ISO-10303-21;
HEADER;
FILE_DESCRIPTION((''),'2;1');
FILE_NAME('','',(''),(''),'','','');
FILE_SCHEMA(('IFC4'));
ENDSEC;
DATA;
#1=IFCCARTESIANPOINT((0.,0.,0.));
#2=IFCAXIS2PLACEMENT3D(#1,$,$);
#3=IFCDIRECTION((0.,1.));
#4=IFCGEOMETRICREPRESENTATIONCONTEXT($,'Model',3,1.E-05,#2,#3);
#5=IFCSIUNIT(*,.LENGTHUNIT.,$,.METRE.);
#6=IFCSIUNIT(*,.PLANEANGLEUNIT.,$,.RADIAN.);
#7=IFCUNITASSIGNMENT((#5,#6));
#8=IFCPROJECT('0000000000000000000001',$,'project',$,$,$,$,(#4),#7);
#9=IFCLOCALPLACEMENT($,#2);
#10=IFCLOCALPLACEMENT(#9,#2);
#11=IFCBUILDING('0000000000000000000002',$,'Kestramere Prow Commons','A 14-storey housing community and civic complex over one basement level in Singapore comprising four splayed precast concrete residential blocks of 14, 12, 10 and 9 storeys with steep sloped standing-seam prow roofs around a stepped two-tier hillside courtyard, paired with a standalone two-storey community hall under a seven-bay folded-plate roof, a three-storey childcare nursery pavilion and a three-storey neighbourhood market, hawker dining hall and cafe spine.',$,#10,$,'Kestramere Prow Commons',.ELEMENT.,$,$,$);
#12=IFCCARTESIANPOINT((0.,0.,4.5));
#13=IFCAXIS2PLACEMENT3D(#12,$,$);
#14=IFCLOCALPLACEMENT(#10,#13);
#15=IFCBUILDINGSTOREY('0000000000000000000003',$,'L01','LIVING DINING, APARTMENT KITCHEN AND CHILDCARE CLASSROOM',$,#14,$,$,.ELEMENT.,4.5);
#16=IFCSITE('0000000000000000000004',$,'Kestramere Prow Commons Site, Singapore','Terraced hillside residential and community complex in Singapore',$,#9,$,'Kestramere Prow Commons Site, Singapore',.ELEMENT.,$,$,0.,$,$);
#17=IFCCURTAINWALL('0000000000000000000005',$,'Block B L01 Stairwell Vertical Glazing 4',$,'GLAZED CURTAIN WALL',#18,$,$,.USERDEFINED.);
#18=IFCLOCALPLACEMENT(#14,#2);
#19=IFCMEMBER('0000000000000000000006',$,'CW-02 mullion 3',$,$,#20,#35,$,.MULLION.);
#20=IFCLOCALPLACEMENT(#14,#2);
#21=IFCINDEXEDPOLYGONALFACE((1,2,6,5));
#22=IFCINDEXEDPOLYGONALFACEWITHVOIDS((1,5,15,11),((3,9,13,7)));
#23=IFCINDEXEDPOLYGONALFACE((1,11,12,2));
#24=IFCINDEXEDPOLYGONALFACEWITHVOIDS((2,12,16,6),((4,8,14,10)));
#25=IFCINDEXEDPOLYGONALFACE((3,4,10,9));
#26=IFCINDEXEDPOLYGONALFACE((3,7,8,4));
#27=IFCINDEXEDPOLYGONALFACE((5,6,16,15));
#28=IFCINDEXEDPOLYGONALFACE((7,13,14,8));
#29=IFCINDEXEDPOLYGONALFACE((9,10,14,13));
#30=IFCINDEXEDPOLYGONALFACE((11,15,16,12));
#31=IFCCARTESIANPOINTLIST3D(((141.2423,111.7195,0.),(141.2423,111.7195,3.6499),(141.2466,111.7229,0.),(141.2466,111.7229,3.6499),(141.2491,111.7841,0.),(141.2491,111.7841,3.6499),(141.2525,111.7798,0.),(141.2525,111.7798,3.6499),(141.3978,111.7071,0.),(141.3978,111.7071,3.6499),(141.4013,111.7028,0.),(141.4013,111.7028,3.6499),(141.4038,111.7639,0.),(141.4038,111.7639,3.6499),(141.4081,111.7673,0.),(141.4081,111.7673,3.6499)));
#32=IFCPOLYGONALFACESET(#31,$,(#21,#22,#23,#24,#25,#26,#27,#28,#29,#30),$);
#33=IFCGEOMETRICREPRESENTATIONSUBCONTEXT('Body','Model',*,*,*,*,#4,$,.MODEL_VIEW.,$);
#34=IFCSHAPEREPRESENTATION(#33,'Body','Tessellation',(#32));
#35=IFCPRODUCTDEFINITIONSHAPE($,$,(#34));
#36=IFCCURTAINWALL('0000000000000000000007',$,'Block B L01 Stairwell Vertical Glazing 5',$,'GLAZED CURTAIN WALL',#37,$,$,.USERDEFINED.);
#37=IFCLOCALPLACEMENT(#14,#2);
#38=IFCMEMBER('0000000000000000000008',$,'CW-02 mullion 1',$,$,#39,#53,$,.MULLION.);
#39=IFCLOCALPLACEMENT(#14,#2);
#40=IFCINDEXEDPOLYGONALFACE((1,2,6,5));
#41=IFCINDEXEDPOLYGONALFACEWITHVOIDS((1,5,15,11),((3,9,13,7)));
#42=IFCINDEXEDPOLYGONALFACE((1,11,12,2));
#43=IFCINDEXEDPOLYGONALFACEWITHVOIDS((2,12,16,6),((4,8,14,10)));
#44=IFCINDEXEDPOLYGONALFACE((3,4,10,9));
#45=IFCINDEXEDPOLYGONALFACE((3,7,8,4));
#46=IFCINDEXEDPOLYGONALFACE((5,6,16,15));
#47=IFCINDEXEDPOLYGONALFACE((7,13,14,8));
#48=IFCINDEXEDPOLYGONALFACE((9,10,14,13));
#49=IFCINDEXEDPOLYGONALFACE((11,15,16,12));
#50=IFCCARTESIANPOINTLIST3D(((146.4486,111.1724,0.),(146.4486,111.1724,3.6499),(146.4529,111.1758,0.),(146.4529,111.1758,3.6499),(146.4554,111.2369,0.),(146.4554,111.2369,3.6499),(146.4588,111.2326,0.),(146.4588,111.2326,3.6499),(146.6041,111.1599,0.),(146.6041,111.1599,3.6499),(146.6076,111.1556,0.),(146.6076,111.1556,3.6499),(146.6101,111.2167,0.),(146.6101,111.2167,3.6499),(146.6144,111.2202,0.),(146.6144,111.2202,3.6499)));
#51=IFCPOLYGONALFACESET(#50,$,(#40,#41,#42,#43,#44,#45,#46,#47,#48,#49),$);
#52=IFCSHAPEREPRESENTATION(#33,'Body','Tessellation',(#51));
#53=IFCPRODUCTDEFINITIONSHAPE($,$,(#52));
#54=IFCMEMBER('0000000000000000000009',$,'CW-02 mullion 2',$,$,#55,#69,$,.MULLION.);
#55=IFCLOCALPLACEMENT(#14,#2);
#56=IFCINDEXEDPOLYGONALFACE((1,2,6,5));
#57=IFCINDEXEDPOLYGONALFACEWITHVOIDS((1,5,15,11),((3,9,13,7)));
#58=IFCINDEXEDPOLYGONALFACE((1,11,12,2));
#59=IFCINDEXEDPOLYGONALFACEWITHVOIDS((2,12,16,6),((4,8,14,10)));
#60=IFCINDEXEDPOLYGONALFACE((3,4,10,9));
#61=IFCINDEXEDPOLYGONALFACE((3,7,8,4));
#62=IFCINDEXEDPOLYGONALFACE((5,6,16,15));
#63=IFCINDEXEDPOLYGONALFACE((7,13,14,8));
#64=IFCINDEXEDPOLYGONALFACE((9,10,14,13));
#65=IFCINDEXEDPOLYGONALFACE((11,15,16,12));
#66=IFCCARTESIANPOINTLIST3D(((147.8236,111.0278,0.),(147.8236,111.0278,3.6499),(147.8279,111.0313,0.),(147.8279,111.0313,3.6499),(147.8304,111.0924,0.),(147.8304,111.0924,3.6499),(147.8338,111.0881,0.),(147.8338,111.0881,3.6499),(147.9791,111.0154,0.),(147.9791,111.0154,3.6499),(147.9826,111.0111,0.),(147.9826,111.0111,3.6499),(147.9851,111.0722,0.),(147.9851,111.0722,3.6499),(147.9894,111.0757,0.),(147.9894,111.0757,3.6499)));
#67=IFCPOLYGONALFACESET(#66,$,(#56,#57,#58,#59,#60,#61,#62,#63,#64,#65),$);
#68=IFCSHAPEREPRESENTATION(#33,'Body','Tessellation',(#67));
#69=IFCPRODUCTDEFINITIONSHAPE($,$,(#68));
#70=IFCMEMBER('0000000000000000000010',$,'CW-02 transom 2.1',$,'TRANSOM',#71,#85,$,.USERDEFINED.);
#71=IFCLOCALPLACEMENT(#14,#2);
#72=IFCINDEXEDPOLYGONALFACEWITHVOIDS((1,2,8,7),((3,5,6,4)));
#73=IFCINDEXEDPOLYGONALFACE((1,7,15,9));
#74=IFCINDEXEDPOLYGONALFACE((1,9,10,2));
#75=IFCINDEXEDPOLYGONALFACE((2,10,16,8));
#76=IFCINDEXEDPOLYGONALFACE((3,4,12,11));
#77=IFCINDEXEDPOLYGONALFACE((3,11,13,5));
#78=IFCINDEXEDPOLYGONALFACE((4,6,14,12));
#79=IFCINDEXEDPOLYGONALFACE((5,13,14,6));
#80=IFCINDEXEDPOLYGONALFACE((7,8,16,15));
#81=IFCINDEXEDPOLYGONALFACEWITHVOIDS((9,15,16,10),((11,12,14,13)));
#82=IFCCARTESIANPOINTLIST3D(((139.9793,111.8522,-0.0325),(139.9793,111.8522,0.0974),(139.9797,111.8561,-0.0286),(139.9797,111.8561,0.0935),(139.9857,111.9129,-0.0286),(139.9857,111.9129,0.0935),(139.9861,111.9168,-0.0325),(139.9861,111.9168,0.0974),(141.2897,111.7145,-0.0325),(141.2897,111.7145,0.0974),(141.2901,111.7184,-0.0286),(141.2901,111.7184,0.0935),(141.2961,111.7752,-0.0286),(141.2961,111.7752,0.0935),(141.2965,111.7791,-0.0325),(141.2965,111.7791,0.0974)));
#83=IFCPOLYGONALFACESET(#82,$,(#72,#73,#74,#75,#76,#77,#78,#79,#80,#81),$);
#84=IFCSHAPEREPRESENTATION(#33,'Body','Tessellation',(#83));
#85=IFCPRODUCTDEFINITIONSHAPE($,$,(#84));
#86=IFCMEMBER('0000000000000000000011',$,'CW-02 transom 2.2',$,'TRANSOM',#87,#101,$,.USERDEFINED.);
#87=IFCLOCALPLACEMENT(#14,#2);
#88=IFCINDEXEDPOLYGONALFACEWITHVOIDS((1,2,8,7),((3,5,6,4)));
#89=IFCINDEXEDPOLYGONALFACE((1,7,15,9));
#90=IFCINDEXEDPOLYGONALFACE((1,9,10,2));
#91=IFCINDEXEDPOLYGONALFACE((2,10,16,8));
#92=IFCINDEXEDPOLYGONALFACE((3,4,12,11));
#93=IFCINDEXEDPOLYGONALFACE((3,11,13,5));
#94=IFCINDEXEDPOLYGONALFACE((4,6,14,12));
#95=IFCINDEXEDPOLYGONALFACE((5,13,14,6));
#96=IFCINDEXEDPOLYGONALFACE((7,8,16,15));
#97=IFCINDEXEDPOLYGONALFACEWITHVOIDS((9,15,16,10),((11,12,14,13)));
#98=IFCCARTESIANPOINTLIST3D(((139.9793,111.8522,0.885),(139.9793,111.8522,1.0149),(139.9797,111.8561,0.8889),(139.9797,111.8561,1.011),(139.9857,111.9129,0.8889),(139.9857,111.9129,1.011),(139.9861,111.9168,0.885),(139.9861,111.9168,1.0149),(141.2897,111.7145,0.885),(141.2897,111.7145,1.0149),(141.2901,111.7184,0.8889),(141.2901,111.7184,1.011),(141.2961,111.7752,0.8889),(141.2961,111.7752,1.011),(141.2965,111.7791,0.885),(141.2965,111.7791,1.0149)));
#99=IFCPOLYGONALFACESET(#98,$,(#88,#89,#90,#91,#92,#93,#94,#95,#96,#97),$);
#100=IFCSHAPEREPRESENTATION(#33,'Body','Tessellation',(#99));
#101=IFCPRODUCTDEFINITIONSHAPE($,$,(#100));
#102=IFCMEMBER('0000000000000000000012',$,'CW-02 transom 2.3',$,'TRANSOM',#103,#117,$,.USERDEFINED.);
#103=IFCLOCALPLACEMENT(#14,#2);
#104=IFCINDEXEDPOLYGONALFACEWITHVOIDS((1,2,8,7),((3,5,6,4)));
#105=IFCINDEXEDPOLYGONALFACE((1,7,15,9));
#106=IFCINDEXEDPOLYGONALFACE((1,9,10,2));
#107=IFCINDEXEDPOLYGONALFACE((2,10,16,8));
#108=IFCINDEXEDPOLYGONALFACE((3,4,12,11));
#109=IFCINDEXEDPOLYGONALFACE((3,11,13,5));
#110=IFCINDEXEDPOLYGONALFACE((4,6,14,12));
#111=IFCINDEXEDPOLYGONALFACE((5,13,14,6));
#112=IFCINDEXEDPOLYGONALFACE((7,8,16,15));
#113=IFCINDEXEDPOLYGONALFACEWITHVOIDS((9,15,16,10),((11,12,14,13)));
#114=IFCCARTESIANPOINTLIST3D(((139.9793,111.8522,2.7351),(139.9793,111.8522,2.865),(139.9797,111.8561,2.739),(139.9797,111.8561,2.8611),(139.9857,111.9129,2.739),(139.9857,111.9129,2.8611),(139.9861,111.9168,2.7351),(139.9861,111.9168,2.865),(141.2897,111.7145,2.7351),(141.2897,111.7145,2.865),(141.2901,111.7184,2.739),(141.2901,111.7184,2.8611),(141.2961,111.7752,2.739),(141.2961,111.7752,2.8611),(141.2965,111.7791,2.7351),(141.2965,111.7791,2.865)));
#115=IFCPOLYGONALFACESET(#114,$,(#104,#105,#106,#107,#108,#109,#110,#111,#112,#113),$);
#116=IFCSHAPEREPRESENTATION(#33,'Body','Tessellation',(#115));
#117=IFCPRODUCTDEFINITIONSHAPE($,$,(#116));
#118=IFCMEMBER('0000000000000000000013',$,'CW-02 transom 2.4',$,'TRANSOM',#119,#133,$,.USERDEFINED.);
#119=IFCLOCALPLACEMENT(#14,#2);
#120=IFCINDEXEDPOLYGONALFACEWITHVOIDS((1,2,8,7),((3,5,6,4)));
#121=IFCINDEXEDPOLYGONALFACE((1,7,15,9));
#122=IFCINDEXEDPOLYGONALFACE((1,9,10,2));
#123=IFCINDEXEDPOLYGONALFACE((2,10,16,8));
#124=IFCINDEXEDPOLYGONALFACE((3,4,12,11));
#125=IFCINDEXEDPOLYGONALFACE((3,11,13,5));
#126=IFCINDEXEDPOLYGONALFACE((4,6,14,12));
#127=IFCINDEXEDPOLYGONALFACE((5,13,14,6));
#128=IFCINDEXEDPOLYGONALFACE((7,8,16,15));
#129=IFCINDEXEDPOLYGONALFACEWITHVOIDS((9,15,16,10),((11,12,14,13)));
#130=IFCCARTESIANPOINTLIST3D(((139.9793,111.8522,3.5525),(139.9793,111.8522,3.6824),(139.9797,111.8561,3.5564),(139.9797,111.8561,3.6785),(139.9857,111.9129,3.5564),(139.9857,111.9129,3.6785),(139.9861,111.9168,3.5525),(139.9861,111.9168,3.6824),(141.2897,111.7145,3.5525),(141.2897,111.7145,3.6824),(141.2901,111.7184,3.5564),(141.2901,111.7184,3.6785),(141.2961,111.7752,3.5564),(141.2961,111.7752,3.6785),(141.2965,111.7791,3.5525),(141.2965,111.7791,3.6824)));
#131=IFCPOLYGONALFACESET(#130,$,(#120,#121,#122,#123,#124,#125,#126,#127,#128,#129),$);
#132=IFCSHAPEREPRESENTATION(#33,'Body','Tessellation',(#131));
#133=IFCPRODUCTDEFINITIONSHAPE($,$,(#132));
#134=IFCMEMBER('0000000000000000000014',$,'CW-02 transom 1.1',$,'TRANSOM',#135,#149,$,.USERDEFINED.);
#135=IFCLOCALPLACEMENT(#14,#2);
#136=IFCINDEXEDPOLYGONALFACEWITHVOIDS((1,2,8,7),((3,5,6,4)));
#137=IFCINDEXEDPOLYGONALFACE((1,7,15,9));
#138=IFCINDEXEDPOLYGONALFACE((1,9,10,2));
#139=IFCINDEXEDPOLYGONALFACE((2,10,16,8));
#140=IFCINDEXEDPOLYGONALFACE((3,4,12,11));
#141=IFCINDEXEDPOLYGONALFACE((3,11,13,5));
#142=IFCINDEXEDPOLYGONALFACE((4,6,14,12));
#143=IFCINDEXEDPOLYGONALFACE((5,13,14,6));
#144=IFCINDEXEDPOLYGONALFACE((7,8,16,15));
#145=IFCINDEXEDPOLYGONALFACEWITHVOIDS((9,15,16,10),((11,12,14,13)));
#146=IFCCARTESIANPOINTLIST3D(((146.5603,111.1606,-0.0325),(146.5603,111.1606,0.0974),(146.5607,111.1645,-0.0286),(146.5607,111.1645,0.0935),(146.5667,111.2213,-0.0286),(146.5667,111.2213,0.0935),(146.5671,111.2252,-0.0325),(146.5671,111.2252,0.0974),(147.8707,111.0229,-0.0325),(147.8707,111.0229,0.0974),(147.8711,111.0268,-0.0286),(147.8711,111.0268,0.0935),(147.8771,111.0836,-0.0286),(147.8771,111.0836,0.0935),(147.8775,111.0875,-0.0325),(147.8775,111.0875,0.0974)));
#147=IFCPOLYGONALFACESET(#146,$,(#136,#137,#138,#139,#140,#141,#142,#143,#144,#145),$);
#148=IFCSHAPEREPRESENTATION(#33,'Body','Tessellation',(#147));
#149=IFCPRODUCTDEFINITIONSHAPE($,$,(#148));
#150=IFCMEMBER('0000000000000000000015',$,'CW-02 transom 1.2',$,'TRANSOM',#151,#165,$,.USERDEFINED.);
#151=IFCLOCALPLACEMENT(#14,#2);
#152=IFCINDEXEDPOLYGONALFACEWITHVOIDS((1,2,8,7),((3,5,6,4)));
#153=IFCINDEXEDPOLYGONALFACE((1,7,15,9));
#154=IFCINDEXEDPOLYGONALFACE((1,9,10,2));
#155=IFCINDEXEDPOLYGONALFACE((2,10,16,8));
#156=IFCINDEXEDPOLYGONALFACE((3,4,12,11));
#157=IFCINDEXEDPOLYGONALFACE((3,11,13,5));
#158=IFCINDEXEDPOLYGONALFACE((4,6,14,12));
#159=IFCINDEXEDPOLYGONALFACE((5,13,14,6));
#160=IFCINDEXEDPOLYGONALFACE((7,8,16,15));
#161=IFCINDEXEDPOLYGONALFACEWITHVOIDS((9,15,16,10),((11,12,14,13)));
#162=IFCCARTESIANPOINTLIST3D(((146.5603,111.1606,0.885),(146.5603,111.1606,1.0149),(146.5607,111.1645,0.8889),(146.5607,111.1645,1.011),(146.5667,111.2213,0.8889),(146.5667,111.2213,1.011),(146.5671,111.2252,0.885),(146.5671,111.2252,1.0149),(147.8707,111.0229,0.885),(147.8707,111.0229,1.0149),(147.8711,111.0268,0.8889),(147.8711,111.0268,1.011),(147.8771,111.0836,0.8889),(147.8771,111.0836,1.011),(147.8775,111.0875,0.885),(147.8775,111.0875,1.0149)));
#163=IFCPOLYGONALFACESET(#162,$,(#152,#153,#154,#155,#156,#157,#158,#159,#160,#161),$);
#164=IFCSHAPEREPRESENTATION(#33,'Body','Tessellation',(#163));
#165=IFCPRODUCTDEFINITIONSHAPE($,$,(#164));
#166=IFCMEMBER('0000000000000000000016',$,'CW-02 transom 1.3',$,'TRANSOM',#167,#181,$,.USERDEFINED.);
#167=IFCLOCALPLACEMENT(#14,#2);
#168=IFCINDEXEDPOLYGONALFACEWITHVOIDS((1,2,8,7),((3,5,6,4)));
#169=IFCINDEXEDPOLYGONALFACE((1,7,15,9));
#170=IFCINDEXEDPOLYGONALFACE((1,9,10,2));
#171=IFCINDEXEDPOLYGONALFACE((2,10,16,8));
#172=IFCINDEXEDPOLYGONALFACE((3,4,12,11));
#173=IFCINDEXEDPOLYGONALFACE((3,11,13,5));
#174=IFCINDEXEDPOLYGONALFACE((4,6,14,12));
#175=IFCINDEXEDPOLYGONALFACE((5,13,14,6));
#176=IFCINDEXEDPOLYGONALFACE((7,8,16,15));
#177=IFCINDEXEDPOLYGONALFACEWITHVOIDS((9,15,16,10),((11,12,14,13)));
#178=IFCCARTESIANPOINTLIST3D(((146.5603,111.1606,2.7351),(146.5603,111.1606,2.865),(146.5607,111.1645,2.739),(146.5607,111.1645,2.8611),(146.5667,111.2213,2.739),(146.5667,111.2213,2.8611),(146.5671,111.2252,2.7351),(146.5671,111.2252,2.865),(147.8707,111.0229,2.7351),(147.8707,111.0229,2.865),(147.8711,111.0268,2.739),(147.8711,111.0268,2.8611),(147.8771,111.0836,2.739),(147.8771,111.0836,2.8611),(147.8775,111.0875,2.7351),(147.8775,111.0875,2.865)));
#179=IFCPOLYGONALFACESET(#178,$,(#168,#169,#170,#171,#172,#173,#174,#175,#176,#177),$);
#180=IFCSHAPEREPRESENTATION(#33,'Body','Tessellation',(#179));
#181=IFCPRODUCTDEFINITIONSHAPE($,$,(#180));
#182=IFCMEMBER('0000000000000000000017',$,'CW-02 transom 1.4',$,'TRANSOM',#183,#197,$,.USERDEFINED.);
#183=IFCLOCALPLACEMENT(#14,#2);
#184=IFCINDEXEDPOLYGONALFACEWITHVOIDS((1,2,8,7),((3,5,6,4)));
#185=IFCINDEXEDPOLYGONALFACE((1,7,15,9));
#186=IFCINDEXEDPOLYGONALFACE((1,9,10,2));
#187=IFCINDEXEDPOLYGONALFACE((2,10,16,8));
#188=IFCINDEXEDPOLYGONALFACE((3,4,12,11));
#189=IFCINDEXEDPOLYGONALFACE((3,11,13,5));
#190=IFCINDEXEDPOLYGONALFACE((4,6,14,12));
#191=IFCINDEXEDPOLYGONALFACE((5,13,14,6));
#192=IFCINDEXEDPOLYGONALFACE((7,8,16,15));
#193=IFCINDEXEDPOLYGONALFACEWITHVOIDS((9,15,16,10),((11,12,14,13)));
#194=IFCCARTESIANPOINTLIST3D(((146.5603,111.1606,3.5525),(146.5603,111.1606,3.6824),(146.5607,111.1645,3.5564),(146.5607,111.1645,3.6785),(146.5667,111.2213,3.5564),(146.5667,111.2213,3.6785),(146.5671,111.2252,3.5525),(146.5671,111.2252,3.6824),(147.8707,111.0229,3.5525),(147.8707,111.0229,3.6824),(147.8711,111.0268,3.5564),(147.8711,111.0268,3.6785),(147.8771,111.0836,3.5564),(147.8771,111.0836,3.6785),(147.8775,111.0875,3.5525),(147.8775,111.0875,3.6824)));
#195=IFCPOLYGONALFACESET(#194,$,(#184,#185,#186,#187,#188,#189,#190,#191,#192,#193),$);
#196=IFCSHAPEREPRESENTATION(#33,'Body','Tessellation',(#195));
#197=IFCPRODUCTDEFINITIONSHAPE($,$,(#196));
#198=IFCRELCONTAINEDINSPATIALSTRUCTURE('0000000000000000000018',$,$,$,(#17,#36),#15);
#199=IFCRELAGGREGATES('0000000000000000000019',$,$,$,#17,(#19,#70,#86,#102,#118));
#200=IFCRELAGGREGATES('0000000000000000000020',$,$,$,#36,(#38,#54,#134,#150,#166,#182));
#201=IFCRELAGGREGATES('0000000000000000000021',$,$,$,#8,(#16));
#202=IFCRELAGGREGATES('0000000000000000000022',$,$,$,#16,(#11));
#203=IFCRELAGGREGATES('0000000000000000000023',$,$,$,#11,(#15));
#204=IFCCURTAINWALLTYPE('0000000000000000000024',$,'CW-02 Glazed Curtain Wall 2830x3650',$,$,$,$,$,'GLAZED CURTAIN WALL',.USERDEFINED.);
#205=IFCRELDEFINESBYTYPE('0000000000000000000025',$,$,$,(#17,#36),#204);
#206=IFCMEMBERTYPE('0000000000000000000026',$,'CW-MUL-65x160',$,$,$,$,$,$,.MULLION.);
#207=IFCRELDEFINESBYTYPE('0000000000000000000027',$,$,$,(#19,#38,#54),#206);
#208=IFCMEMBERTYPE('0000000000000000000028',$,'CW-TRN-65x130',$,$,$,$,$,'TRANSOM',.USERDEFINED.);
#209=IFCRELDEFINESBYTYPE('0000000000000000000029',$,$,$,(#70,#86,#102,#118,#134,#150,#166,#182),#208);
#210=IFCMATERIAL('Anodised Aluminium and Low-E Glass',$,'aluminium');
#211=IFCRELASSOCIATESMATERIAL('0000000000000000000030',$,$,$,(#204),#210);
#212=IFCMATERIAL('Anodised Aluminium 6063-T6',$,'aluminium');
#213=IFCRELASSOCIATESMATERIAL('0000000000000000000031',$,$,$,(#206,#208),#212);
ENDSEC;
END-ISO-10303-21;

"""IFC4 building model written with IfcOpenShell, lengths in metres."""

from ifc_helpers import new_model, si_unit, direction, frame, origin, origin_2d, place, context, subcontext, project, spatial, hollow_rectangle, extrude, material, material_profile, profile_set, type_object, element, aggregate, save


model = new_model("IFC4")

# Units and contexts
model_context = context("Model", 3, precision=1e-05, world=origin(), true_north=direction((0.0, 1.0)))
body_context = subcontext(model_context, "Body", "Model", "MODEL_VIEW")
ifc_project = project(units=[si_unit("LENGTHUNIT", "METRE"), si_unit("PLANEANGLEUNIT", "RADIAN")], contexts=[model_context])

# Site, building, storey
site_placement = place(None, origin())
site = spatial("IfcSite", under=ifc_project, at=site_placement, Name="Kestramere Prow Commons Site, Singapore", Description="Terraced hillside residential and community complex in Singapore", LongName="Kestramere Prow Commons Site, Singapore", CompositionType="ELEMENT", RefElevation=0.0)
building_placement = place(site_placement, origin())
building = spatial("IfcBuilding", under=site, at=building_placement, Name="Kestramere Prow Commons", Description="A 14-storey housing community and civic complex over one basement level in Singapore comprising four splayed precast concrete residential blocks of 14, 12, 10 and 9 storeys with steep sloped standing-seam prow roofs around a stepped two-tier hillside courtyard, paired with a standalone two-storey community hall under a seven-bay folded-plate roof, a three-storey childcare nursery pavilion and a three-storey neighbourhood market, hawker dining hall and cafe spine.", LongName="Kestramere Prow Commons", CompositionType="ELEMENT")
storey_placement = place(building_placement, frame((0.0, 0.0, 4.5)))
storey = spatial("IfcBuildingStorey", under=building, at=storey_placement, Name="L01", Description="LIVING DINING, APARTMENT KITCHEN AND CHILDCARE CLASSROOM", CompositionType="ELEMENT", Elevation=4.5)

# Curtain wall, member
ifc_material_1 = material(Name="Anodised Aluminium and Low-E Glass", Category="aluminium")
curtain_wall_type = type_object("IfcCurtainWallType", Name="CW-02 Glazed Curtain Wall 2830x3650", ElementType="GLAZED CURTAIN WALL", PredefinedType="USERDEFINED", material=ifc_material_1)
curtain_wall_1_placement = place(storey_placement, origin())
curtain_wall_1 = element("IfcCurtainWall", 1, at=curtain_wall_1_placement, inside=storey, type_object=curtain_wall_type, Name="Block B L01 Stairwell Vertical Glazing 4", ObjectType="GLAZED CURTAIN WALL", PredefinedType="USERDEFINED")
ifc_material_2 = material(Name="Anodised Aluminium 6063-T6", Category="aluminium")
ifc_material_profile_1 = material_profile(ifc_material_2, hollow_rectangle(XDim=0.0649, YDim=0.1599, WallThickness=0.0039, at=origin_2d()), Name="ALU-MUL 65x160")
ifc_profile_set_1 = profile_set([ifc_material_profile_1], Name="Anodised Aluminium 6063-T6")
member_type_1 = type_object("IfcMemberType", Name="CW-MUL-65x160", PredefinedType="MULLION", material=ifc_profile_set_1)
member_1_placement = place(storey_placement, frame((141.3252, 111.7434, 0.0), z_axis=(0.0, 0.0, 1.0), x_axis=(0.104529, 0.994522, 0.0)))
member_1 = element("IfcMember", 2, at=member_1_placement, type_object=member_type_1, Name="CW-02 mullion 3", PredefinedType="MULLION", context=body_context, shape_type="SweptSolid", body=[
    extrude(hollow_rectangle(XDim=0.0649, YDim=0.1599, WallThickness=0.0039, at=origin_2d()), origin(), (0.0, 0.0, 1.0), 3.6499),
])

# Curtain wall, members
curtain_wall_2_placement = place(storey_placement, origin())
curtain_wall_2 = element("IfcCurtainWall", 3, at=curtain_wall_2_placement, inside=storey, type_object=curtain_wall_type, Name="Block B L01 Stairwell Vertical Glazing 5", ObjectType="GLAZED CURTAIN WALL", PredefinedType="USERDEFINED")
member_2_placement = place(storey_placement, frame((146.5315, 111.1963, 0.0), z_axis=(0.0, 0.0, 1.0), x_axis=(0.104528, 0.994522, 0.0)))
member_2 = element("IfcMember", 4, at=member_2_placement, type_object=member_type_1, Name="CW-02 mullion 1", PredefinedType="MULLION", context=body_context, shape_type="SweptSolid", body=[
    extrude(hollow_rectangle(XDim=0.0649, YDim=0.1599, WallThickness=0.0039, at=origin_2d()), origin(), (0.0, 0.0, 1.0), 3.6499),
])
member_3_placement = place(storey_placement, frame((147.9065, 111.0518, 0.0), z_axis=(0.0, 0.0, 1.0), x_axis=(0.104528, 0.994522, 0.0)))
member_3 = element("IfcMember", 5, at=member_3_placement, type_object=member_type_1, Name="CW-02 mullion 2", PredefinedType="MULLION", context=body_context, shape_type="SweptSolid", body=[
    extrude(hollow_rectangle(XDim=0.0649, YDim=0.1599, WallThickness=0.0039, at=origin_2d()), origin(), (0.0, 0.0, 1.0), 3.6499),
])

# Members
ifc_material_profile_2 = material_profile(ifc_material_2, hollow_rectangle(XDim=0.0649, YDim=0.1299, WallThickness=0.0039, at=origin_2d()), Name="ALU-TRN 65x130")
ifc_profile_set_2 = profile_set([ifc_material_profile_2], Name="Anodised Aluminium 6063-T6")
member_type_2 = type_object("IfcMemberType", Name="CW-TRN-65x130", ElementType="TRANSOM", PredefinedType="USERDEFINED", material=ifc_profile_set_2)
member_4_placement = place(storey_placement, frame((139.9827, 111.8845, 0.0325), z_axis=(0.994524, -0.104511, 0.0), x_axis=(0.104511, 0.994524, 0.0)))
member_4 = element("IfcMember", 6, at=member_4_placement, type_object=member_type_2, Name="CW-02 transom 2.1", ObjectType="TRANSOM", PredefinedType="USERDEFINED", context=body_context, shape_type="SweptSolid", body=[
    extrude(hollow_rectangle(XDim=0.0649, YDim=0.1299, WallThickness=0.0039, at=origin_2d()), origin(), (0.0, 0.0, 1.0), 1.3176),
])
member_5_placement = place(storey_placement, frame((139.9827, 111.8845, 0.95), z_axis=(0.994524, -0.104511, 0.0), x_axis=(0.104511, 0.994524, 0.0)))
member_5 = element("IfcMember", 7, at=member_5_placement, type_object=member_type_2, Name="CW-02 transom 2.2", ObjectType="TRANSOM", PredefinedType="USERDEFINED", context=body_context, shape_type="SweptSolid", body=[
    extrude(hollow_rectangle(XDim=0.0649, YDim=0.1299, WallThickness=0.0039, at=origin_2d()), origin(), (0.0, 0.0, 1.0), 1.3176),
])
member_6_placement = place(storey_placement, frame((139.9827, 111.8845, 2.8), z_axis=(0.994524, -0.104511, 0.0), x_axis=(0.104511, 0.994524, 0.0)))
member_6 = element("IfcMember", 8, at=member_6_placement, type_object=member_type_2, Name="CW-02 transom 2.3", ObjectType="TRANSOM", PredefinedType="USERDEFINED", context=body_context, shape_type="SweptSolid", body=[
    extrude(hollow_rectangle(XDim=0.0649, YDim=0.1299, WallThickness=0.0039, at=origin_2d()), origin(), (0.0, 0.0, 1.0), 1.3176),
])
member_7_placement = place(storey_placement, frame((139.9827, 111.8845, 3.6174), z_axis=(0.994524, -0.104511, 0.0), x_axis=(0.104511, 0.994524, 0.0)))
member_7 = element("IfcMember", 9, at=member_7_placement, type_object=member_type_2, Name="CW-02 transom 2.4", ObjectType="TRANSOM", PredefinedType="USERDEFINED", context=body_context, shape_type="SweptSolid", body=[
    extrude(hollow_rectangle(XDim=0.0649, YDim=0.1299, WallThickness=0.0039, at=origin_2d()), origin(), (0.0, 0.0, 1.0), 1.3176),
])
member_8_placement = place(storey_placement, frame((146.5637, 111.1929, 0.0325), z_axis=(0.994524, -0.104511, 0.0), x_axis=(0.104511, 0.994524, 0.0)))
member_8 = element("IfcMember", 10, at=member_8_placement, type_object=member_type_2, Name="CW-02 transom 1.1", ObjectType="TRANSOM", PredefinedType="USERDEFINED", context=body_context, shape_type="SweptSolid", body=[
    extrude(hollow_rectangle(XDim=0.0649, YDim=0.1299, WallThickness=0.0039, at=origin_2d()), origin(), (0.0, 0.0, 1.0), 1.3176),
])
member_9_placement = place(storey_placement, frame((146.5637, 111.1929, 0.95), z_axis=(0.994524, -0.104511, 0.0), x_axis=(0.104511, 0.994524, 0.0)))
member_9 = element("IfcMember", 11, at=member_9_placement, type_object=member_type_2, Name="CW-02 transom 1.2", ObjectType="TRANSOM", PredefinedType="USERDEFINED", context=body_context, shape_type="SweptSolid", body=[
    extrude(hollow_rectangle(XDim=0.0649, YDim=0.1299, WallThickness=0.0039, at=origin_2d()), origin(), (0.0, 0.0, 1.0), 1.3176),
])
member_10_placement = place(storey_placement, frame((146.5637, 111.1929, 2.8), z_axis=(0.994524, -0.104511, 0.0), x_axis=(0.104511, 0.994524, 0.0)))
member_10 = element("IfcMember", 12, at=member_10_placement, type_object=member_type_2, Name="CW-02 transom 1.3", ObjectType="TRANSOM", PredefinedType="USERDEFINED", context=body_context, shape_type="SweptSolid", body=[
    extrude(hollow_rectangle(XDim=0.0649, YDim=0.1299, WallThickness=0.0039, at=origin_2d()), origin(), (0.0, 0.0, 1.0), 1.3176),
])
member_11_placement = place(storey_placement, frame((146.5637, 111.1929, 3.6174), z_axis=(0.994524, -0.104511, 0.0), x_axis=(0.104511, 0.994524, 0.0)))
member_11 = element("IfcMember", 13, at=member_11_placement, type_object=member_type_2, Name="CW-02 transom 1.4", ObjectType="TRANSOM", PredefinedType="USERDEFINED", context=body_context, shape_type="SweptSolid", body=[
    extrude(hollow_rectangle(XDim=0.0649, YDim=0.1299, WallThickness=0.0039, at=origin_2d()), origin(), (0.0, 0.0, 1.0), 1.3176),
])

aggregate(curtain_wall_1, [member_1, member_4, member_5, member_6, member_7])
aggregate(curtain_wall_2, [member_2, member_3, member_8, member_9, member_10, member_11])

save(model, "model.ifc")
